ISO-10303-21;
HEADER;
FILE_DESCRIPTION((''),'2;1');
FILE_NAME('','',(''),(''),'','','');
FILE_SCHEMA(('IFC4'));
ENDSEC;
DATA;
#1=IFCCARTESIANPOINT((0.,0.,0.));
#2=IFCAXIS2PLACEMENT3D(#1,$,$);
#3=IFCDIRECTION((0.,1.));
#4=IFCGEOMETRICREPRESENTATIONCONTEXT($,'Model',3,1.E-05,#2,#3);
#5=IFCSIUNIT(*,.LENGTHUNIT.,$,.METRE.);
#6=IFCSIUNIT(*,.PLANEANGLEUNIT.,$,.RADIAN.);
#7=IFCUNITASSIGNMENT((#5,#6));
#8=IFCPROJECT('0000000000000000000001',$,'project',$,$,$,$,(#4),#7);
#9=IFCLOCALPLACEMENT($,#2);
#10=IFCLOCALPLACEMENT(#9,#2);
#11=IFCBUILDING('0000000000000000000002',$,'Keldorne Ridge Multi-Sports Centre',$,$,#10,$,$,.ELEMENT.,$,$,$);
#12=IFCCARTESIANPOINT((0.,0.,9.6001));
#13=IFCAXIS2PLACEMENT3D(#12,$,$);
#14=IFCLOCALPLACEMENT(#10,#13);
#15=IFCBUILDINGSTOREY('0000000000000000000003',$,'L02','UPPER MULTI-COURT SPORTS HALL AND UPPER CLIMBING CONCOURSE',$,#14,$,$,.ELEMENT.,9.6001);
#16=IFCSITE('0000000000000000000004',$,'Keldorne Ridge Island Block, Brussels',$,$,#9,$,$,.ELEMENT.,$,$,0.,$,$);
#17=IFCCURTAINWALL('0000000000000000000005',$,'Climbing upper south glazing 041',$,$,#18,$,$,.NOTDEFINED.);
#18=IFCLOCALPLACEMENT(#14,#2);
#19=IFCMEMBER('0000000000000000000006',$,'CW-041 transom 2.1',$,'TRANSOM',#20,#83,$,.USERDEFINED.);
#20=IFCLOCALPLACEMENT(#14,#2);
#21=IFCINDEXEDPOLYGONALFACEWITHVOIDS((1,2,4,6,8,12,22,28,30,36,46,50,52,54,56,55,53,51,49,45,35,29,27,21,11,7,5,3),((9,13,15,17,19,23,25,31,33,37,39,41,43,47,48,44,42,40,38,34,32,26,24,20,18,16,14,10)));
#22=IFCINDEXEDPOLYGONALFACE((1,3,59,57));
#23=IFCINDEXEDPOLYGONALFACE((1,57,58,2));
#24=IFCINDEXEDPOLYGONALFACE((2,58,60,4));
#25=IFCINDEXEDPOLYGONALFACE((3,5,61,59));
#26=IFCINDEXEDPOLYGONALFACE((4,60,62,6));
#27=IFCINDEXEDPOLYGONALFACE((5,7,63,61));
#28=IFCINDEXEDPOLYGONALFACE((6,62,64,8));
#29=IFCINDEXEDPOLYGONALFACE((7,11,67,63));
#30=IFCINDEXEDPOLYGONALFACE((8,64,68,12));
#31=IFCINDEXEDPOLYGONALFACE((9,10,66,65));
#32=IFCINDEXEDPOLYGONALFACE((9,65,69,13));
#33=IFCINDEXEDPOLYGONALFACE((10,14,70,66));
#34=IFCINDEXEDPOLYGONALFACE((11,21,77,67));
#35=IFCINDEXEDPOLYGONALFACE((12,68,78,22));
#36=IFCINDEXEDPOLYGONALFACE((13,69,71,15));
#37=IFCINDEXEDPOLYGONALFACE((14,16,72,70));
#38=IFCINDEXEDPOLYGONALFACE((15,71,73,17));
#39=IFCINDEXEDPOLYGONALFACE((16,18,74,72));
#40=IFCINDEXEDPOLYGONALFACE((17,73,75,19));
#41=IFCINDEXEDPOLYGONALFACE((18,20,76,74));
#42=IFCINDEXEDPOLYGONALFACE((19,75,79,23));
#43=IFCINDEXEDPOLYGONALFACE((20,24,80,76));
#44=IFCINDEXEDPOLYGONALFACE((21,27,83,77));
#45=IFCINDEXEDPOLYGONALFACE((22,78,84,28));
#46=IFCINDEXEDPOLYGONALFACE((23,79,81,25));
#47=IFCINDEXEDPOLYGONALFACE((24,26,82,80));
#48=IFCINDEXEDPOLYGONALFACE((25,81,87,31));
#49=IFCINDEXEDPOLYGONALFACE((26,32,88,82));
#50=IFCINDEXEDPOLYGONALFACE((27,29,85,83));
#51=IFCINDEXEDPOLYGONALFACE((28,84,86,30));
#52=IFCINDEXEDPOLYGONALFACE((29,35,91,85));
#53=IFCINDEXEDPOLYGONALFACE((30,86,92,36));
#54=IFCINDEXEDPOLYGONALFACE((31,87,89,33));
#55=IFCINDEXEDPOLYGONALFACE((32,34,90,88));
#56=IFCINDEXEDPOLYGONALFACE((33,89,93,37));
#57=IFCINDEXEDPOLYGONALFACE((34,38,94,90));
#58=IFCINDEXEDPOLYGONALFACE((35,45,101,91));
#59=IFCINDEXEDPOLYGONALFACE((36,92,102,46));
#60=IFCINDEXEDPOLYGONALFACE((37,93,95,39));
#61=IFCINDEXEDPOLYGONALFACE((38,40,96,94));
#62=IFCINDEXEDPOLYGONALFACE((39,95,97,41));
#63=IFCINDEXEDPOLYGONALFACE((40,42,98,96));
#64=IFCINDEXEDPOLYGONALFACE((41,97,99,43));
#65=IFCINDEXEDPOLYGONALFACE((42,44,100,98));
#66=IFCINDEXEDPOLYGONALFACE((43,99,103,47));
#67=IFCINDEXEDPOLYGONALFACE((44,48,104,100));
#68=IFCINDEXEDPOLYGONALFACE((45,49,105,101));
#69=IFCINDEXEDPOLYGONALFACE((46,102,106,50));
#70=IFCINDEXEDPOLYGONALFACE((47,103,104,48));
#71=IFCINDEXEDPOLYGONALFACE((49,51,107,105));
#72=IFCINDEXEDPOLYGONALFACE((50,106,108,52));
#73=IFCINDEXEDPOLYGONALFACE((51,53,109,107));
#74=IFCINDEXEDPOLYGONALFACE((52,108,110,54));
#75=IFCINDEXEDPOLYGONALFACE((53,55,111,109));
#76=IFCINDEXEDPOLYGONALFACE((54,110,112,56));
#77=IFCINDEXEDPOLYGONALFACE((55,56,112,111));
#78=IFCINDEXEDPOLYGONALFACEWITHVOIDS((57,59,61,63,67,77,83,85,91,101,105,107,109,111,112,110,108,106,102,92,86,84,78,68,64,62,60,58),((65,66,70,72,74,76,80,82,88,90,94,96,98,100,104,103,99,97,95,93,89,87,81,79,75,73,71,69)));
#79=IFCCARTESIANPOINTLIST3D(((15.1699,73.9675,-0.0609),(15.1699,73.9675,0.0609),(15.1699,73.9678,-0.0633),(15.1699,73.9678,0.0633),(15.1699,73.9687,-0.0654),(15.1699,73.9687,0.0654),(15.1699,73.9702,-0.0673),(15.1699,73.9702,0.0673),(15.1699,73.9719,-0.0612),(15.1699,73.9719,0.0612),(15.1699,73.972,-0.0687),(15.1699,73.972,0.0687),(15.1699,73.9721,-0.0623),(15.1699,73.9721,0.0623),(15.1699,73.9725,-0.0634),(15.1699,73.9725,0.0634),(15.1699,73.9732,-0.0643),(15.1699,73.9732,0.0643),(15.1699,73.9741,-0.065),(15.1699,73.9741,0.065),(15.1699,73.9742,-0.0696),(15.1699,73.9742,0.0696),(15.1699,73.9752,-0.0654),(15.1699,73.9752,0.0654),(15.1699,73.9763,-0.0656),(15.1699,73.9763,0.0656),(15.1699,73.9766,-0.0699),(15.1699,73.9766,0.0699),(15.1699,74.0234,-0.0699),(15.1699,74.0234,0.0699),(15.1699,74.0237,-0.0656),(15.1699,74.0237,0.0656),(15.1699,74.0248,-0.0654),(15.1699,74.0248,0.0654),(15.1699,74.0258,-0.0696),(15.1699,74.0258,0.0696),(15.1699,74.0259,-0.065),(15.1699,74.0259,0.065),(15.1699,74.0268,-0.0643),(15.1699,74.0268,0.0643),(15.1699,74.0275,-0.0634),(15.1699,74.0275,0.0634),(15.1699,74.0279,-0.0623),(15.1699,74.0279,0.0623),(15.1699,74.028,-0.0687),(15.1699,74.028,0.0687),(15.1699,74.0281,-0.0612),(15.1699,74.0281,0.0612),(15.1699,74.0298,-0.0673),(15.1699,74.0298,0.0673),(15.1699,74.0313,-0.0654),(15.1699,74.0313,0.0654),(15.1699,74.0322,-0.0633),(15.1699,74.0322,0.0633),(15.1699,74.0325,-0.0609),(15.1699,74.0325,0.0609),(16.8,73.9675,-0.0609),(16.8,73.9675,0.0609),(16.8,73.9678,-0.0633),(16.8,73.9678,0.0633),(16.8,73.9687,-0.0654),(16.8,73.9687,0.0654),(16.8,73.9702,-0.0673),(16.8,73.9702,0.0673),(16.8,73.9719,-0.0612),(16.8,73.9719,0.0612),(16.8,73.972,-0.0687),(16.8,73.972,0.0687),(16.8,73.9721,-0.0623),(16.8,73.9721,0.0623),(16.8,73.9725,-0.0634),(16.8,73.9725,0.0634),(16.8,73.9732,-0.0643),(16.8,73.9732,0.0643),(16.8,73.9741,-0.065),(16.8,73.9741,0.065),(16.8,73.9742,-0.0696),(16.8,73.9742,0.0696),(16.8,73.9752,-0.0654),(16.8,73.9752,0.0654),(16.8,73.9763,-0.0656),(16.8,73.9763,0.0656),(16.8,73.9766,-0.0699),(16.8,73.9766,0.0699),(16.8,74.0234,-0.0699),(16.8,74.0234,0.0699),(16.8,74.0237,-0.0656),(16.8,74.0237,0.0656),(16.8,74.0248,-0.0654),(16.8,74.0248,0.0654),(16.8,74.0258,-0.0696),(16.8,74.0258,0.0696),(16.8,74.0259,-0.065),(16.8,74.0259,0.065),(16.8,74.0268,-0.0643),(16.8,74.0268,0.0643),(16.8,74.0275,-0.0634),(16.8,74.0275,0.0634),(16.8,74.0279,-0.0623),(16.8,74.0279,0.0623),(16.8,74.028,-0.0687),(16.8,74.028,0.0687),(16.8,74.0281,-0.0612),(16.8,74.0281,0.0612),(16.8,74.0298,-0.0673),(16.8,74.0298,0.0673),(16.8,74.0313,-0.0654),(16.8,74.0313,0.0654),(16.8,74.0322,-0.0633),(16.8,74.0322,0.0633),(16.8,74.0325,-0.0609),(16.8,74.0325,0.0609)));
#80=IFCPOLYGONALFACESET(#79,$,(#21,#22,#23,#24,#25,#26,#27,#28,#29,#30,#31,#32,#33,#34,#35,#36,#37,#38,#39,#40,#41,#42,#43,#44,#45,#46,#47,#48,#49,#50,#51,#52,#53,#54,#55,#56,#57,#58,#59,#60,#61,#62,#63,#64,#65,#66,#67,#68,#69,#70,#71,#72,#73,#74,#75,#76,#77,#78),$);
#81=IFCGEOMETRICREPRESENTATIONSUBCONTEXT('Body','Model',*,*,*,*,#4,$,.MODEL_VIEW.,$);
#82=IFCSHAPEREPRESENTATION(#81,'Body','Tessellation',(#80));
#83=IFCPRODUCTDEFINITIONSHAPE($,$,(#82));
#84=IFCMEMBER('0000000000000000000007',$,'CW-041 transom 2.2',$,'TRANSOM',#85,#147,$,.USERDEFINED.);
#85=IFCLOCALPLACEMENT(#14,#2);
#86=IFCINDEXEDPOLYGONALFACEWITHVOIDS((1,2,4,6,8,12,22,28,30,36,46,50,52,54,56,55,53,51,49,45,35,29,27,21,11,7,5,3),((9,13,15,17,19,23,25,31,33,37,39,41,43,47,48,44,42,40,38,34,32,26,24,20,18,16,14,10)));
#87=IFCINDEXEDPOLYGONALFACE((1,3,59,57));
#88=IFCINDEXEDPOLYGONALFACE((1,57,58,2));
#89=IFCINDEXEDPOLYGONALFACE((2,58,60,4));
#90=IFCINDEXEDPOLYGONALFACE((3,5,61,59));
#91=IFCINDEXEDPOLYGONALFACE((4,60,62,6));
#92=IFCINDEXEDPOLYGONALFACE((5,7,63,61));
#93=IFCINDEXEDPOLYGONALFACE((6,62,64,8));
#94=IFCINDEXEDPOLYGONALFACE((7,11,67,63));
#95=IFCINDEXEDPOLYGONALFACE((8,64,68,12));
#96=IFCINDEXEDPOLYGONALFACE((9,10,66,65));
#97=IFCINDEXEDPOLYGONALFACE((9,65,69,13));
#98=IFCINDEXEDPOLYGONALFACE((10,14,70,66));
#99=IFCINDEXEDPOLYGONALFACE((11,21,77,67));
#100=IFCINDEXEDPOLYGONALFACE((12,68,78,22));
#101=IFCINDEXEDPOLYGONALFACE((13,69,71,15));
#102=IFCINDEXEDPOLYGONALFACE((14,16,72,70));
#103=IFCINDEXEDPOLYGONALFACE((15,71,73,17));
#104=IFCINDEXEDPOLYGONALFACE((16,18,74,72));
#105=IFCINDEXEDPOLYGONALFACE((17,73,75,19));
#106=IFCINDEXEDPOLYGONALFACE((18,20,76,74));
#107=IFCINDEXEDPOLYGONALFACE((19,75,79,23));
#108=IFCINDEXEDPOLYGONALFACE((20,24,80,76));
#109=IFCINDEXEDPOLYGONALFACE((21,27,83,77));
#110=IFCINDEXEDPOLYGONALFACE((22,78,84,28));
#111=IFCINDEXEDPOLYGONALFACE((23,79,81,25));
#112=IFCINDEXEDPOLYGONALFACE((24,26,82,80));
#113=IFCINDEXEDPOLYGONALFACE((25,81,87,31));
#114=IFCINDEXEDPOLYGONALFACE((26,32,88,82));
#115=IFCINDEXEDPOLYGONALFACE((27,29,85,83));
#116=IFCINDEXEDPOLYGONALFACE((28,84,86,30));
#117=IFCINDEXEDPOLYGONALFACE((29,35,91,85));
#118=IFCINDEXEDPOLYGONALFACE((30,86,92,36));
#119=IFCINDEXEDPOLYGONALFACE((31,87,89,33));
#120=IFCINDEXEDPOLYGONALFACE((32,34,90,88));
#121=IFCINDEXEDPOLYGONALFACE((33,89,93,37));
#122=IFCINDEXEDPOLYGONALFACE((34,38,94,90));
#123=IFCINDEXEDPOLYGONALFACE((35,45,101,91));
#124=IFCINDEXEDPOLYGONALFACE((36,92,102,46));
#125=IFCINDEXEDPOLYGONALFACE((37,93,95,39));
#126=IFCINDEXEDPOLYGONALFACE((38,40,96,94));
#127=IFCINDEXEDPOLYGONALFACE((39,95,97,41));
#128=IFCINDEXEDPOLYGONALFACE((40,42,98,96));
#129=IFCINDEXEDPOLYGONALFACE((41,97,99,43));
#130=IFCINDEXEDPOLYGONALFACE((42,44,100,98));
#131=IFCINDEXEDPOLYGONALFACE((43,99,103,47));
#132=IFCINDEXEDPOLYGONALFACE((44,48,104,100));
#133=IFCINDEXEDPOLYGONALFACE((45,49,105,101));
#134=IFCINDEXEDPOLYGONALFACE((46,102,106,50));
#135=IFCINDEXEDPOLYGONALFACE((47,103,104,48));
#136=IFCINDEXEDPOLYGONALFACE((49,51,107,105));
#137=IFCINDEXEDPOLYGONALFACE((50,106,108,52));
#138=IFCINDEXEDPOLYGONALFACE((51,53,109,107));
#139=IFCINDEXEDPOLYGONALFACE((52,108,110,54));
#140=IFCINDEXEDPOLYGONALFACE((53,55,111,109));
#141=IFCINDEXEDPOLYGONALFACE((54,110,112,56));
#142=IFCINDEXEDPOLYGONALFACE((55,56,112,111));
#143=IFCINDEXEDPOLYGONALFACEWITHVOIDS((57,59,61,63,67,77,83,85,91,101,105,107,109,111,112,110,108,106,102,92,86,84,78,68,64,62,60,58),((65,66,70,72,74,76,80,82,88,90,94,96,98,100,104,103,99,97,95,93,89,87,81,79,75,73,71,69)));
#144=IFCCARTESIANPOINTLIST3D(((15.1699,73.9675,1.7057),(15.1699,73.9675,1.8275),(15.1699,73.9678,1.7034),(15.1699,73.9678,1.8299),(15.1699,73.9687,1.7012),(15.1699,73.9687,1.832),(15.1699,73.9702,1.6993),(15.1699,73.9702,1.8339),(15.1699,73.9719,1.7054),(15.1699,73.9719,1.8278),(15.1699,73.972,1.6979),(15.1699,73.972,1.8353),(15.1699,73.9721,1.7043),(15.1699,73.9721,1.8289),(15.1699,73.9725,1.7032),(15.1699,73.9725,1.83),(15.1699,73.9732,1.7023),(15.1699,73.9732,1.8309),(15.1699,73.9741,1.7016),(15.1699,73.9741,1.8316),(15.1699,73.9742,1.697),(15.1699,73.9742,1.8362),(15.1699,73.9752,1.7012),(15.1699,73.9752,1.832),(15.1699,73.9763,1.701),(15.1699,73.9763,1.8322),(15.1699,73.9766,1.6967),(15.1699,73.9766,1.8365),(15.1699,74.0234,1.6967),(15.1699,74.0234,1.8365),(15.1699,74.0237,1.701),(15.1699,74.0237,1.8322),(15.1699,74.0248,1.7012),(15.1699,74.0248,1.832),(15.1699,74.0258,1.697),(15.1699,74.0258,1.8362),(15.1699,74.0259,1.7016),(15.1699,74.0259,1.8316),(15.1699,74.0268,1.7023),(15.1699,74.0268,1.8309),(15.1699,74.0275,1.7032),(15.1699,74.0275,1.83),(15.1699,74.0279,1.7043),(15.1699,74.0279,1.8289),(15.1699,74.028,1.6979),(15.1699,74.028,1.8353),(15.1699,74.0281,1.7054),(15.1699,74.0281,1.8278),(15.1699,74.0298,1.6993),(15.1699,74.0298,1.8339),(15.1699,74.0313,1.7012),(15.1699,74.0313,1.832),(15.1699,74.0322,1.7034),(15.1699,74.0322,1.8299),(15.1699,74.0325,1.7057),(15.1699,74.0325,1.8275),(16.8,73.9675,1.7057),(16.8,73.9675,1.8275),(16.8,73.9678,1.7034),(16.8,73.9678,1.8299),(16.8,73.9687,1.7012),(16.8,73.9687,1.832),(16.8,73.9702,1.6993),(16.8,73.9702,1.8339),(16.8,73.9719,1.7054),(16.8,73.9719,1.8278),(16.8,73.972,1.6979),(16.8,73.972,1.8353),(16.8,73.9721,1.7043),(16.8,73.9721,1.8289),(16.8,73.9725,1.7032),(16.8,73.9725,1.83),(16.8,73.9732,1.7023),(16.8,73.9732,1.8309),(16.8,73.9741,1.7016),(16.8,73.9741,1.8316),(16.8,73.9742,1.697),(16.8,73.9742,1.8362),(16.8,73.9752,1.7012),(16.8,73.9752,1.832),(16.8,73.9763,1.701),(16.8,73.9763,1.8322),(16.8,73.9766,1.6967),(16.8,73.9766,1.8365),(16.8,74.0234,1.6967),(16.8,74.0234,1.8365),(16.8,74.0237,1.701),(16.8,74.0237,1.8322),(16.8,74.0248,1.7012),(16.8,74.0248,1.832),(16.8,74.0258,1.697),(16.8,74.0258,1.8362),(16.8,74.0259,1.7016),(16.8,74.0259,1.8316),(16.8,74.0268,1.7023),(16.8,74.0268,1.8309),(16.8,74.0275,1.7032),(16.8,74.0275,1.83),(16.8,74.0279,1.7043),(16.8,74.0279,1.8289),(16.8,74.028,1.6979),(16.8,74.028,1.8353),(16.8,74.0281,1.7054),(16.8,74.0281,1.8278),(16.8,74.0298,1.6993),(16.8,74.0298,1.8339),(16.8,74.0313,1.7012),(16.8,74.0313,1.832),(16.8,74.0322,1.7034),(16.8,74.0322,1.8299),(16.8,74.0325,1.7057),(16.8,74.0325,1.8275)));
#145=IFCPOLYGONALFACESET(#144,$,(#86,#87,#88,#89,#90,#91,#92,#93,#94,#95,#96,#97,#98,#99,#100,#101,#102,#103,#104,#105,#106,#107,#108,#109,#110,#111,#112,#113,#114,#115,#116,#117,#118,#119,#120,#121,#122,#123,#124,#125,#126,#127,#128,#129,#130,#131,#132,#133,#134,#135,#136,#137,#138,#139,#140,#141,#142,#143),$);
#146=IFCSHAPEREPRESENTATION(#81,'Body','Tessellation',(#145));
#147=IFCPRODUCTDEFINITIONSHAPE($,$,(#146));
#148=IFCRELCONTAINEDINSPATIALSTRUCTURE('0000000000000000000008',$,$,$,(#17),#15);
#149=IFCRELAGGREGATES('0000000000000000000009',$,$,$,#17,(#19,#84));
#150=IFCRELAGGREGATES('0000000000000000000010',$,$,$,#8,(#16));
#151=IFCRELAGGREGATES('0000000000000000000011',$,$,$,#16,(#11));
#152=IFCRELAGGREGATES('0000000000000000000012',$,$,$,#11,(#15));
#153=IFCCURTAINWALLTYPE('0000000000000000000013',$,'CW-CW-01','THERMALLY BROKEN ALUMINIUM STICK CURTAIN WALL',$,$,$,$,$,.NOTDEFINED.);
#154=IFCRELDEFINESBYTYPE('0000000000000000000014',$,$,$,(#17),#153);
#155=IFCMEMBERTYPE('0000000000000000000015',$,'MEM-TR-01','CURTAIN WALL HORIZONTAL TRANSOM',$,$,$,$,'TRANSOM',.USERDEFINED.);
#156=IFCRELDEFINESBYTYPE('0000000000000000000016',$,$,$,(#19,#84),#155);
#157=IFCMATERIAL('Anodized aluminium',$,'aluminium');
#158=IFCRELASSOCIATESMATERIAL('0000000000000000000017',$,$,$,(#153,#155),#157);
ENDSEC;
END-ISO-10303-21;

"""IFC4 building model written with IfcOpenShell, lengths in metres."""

from ifc_helpers import new_model, si_unit, direction, frame, origin, origin_2d, place, context, subcontext, project, spatial, hollow_rectangle, extrude, material, material_profile, profile_set, type_object, element, aggregate, save


model = new_model("IFC4")

# Units and contexts
model_context = context("Model", 3, precision=1e-05, world=origin(), true_north=direction((0.0, 1.0)))
body_context = subcontext(model_context, "Body", "Model", "MODEL_VIEW")
ifc_project = project(units=[si_unit("LENGTHUNIT", "METRE"), si_unit("PLANEANGLEUNIT", "RADIAN")], contexts=[model_context])

# Site, building, storey
site_placement = place(None, origin())
site = spatial("IfcSite", under=ifc_project, at=site_placement, Name="Keldorne Ridge Island Block, Brussels", CompositionType="ELEMENT", RefElevation=0.0)
building_placement = place(site_placement, origin())
building = spatial("IfcBuilding", under=site, at=building_placement, Name="Keldorne Ridge Multi-Sports Centre", CompositionType="ELEMENT")
storey_placement = place(building_placement, frame((0.0, 0.0, 9.6001)))
storey = spatial("IfcBuildingStorey", under=building, at=storey_placement, Name="L02", Description="UPPER MULTI-COURT SPORTS HALL AND UPPER CLIMBING CONCOURSE", CompositionType="ELEMENT", Elevation=9.6001)

# Shared definitions
ifc_material_1 = material(Name="Anodized aluminium", Category="aluminium")

# Curtain wall
curtain_wall_type_1 = type_object("IfcCurtainWallType", Name="CW-CW-01", Description="THERMALLY BROKEN ALUMINIUM STICK CURTAIN WALL", PredefinedType="NOTDEFINED", material=ifc_material_1)
curtain_wall_1_placement = place(storey_placement, origin())
curtain_wall_1 = element("IfcCurtainWall", 1, at=curtain_wall_1_placement, inside=storey, type_object=curtain_wall_type_1, Name="Climbing upper south glazing 041", PredefinedType="NOTDEFINED")

# Members
ifc_material_profile_1 = material_profile(ifc_material_1, hollow_rectangle(XDim=0.0649, YDim=0.1399, WallThickness=0.0044, InnerFilletRadius=0.0044, OuterFilletRadius=0.009, at=origin_2d()), Name="ALU TRANSOM 140x65x4.5")
ifc_profile_set_1 = profile_set([ifc_material_profile_1], Name="Anodized aluminium")
member_type_1 = type_object("IfcMemberType", Name="MEM-TR-01", Description="CURTAIN WALL HORIZONTAL TRANSOM", ElementType="TRANSOM", PredefinedType="USERDEFINED", material=ifc_profile_set_1)
member_1_placement = place(storey_placement, frame((15.1699, 74.0, 0.0), z_axis=(1.0, 0.0, 0.0), x_axis=(0.0, 1.0, 0.0)))
member_1 = element("IfcMember", 2, at=member_1_placement, type_object=member_type_1, Name="CW-041 transom 2.1", ObjectType="TRANSOM", PredefinedType="USERDEFINED", context=body_context, shape_type="SweptSolid", body=[
    extrude(hollow_rectangle(XDim=0.0649, YDim=0.1399, WallThickness=0.0044, InnerFilletRadius=0.0044, OuterFilletRadius=0.009, at=origin_2d()), origin(), (0.0, 0.0, 1.0), 1.6301),
])
member_2_placement = place(storey_placement, frame((15.1699, 74.0, 1.7666), z_axis=(1.0, 0.0, 0.0), x_axis=(0.0, 1.0, 0.0)))
member_2 = element("IfcMember", 3, at=member_2_placement, type_object=member_type_1, Name="CW-041 transom 2.2", ObjectType="TRANSOM", PredefinedType="USERDEFINED", context=body_context, shape_type="SweptSolid", body=[
    extrude(hollow_rectangle(XDim=0.0649, YDim=0.1399, WallThickness=0.0044, InnerFilletRadius=0.0044, OuterFilletRadius=0.009, at=origin_2d()), origin(), (0.0, 0.0, 1.0), 1.6301),
])

aggregate(curtain_wall_1, [member_1, member_2])

save(model, "model.ifc")
